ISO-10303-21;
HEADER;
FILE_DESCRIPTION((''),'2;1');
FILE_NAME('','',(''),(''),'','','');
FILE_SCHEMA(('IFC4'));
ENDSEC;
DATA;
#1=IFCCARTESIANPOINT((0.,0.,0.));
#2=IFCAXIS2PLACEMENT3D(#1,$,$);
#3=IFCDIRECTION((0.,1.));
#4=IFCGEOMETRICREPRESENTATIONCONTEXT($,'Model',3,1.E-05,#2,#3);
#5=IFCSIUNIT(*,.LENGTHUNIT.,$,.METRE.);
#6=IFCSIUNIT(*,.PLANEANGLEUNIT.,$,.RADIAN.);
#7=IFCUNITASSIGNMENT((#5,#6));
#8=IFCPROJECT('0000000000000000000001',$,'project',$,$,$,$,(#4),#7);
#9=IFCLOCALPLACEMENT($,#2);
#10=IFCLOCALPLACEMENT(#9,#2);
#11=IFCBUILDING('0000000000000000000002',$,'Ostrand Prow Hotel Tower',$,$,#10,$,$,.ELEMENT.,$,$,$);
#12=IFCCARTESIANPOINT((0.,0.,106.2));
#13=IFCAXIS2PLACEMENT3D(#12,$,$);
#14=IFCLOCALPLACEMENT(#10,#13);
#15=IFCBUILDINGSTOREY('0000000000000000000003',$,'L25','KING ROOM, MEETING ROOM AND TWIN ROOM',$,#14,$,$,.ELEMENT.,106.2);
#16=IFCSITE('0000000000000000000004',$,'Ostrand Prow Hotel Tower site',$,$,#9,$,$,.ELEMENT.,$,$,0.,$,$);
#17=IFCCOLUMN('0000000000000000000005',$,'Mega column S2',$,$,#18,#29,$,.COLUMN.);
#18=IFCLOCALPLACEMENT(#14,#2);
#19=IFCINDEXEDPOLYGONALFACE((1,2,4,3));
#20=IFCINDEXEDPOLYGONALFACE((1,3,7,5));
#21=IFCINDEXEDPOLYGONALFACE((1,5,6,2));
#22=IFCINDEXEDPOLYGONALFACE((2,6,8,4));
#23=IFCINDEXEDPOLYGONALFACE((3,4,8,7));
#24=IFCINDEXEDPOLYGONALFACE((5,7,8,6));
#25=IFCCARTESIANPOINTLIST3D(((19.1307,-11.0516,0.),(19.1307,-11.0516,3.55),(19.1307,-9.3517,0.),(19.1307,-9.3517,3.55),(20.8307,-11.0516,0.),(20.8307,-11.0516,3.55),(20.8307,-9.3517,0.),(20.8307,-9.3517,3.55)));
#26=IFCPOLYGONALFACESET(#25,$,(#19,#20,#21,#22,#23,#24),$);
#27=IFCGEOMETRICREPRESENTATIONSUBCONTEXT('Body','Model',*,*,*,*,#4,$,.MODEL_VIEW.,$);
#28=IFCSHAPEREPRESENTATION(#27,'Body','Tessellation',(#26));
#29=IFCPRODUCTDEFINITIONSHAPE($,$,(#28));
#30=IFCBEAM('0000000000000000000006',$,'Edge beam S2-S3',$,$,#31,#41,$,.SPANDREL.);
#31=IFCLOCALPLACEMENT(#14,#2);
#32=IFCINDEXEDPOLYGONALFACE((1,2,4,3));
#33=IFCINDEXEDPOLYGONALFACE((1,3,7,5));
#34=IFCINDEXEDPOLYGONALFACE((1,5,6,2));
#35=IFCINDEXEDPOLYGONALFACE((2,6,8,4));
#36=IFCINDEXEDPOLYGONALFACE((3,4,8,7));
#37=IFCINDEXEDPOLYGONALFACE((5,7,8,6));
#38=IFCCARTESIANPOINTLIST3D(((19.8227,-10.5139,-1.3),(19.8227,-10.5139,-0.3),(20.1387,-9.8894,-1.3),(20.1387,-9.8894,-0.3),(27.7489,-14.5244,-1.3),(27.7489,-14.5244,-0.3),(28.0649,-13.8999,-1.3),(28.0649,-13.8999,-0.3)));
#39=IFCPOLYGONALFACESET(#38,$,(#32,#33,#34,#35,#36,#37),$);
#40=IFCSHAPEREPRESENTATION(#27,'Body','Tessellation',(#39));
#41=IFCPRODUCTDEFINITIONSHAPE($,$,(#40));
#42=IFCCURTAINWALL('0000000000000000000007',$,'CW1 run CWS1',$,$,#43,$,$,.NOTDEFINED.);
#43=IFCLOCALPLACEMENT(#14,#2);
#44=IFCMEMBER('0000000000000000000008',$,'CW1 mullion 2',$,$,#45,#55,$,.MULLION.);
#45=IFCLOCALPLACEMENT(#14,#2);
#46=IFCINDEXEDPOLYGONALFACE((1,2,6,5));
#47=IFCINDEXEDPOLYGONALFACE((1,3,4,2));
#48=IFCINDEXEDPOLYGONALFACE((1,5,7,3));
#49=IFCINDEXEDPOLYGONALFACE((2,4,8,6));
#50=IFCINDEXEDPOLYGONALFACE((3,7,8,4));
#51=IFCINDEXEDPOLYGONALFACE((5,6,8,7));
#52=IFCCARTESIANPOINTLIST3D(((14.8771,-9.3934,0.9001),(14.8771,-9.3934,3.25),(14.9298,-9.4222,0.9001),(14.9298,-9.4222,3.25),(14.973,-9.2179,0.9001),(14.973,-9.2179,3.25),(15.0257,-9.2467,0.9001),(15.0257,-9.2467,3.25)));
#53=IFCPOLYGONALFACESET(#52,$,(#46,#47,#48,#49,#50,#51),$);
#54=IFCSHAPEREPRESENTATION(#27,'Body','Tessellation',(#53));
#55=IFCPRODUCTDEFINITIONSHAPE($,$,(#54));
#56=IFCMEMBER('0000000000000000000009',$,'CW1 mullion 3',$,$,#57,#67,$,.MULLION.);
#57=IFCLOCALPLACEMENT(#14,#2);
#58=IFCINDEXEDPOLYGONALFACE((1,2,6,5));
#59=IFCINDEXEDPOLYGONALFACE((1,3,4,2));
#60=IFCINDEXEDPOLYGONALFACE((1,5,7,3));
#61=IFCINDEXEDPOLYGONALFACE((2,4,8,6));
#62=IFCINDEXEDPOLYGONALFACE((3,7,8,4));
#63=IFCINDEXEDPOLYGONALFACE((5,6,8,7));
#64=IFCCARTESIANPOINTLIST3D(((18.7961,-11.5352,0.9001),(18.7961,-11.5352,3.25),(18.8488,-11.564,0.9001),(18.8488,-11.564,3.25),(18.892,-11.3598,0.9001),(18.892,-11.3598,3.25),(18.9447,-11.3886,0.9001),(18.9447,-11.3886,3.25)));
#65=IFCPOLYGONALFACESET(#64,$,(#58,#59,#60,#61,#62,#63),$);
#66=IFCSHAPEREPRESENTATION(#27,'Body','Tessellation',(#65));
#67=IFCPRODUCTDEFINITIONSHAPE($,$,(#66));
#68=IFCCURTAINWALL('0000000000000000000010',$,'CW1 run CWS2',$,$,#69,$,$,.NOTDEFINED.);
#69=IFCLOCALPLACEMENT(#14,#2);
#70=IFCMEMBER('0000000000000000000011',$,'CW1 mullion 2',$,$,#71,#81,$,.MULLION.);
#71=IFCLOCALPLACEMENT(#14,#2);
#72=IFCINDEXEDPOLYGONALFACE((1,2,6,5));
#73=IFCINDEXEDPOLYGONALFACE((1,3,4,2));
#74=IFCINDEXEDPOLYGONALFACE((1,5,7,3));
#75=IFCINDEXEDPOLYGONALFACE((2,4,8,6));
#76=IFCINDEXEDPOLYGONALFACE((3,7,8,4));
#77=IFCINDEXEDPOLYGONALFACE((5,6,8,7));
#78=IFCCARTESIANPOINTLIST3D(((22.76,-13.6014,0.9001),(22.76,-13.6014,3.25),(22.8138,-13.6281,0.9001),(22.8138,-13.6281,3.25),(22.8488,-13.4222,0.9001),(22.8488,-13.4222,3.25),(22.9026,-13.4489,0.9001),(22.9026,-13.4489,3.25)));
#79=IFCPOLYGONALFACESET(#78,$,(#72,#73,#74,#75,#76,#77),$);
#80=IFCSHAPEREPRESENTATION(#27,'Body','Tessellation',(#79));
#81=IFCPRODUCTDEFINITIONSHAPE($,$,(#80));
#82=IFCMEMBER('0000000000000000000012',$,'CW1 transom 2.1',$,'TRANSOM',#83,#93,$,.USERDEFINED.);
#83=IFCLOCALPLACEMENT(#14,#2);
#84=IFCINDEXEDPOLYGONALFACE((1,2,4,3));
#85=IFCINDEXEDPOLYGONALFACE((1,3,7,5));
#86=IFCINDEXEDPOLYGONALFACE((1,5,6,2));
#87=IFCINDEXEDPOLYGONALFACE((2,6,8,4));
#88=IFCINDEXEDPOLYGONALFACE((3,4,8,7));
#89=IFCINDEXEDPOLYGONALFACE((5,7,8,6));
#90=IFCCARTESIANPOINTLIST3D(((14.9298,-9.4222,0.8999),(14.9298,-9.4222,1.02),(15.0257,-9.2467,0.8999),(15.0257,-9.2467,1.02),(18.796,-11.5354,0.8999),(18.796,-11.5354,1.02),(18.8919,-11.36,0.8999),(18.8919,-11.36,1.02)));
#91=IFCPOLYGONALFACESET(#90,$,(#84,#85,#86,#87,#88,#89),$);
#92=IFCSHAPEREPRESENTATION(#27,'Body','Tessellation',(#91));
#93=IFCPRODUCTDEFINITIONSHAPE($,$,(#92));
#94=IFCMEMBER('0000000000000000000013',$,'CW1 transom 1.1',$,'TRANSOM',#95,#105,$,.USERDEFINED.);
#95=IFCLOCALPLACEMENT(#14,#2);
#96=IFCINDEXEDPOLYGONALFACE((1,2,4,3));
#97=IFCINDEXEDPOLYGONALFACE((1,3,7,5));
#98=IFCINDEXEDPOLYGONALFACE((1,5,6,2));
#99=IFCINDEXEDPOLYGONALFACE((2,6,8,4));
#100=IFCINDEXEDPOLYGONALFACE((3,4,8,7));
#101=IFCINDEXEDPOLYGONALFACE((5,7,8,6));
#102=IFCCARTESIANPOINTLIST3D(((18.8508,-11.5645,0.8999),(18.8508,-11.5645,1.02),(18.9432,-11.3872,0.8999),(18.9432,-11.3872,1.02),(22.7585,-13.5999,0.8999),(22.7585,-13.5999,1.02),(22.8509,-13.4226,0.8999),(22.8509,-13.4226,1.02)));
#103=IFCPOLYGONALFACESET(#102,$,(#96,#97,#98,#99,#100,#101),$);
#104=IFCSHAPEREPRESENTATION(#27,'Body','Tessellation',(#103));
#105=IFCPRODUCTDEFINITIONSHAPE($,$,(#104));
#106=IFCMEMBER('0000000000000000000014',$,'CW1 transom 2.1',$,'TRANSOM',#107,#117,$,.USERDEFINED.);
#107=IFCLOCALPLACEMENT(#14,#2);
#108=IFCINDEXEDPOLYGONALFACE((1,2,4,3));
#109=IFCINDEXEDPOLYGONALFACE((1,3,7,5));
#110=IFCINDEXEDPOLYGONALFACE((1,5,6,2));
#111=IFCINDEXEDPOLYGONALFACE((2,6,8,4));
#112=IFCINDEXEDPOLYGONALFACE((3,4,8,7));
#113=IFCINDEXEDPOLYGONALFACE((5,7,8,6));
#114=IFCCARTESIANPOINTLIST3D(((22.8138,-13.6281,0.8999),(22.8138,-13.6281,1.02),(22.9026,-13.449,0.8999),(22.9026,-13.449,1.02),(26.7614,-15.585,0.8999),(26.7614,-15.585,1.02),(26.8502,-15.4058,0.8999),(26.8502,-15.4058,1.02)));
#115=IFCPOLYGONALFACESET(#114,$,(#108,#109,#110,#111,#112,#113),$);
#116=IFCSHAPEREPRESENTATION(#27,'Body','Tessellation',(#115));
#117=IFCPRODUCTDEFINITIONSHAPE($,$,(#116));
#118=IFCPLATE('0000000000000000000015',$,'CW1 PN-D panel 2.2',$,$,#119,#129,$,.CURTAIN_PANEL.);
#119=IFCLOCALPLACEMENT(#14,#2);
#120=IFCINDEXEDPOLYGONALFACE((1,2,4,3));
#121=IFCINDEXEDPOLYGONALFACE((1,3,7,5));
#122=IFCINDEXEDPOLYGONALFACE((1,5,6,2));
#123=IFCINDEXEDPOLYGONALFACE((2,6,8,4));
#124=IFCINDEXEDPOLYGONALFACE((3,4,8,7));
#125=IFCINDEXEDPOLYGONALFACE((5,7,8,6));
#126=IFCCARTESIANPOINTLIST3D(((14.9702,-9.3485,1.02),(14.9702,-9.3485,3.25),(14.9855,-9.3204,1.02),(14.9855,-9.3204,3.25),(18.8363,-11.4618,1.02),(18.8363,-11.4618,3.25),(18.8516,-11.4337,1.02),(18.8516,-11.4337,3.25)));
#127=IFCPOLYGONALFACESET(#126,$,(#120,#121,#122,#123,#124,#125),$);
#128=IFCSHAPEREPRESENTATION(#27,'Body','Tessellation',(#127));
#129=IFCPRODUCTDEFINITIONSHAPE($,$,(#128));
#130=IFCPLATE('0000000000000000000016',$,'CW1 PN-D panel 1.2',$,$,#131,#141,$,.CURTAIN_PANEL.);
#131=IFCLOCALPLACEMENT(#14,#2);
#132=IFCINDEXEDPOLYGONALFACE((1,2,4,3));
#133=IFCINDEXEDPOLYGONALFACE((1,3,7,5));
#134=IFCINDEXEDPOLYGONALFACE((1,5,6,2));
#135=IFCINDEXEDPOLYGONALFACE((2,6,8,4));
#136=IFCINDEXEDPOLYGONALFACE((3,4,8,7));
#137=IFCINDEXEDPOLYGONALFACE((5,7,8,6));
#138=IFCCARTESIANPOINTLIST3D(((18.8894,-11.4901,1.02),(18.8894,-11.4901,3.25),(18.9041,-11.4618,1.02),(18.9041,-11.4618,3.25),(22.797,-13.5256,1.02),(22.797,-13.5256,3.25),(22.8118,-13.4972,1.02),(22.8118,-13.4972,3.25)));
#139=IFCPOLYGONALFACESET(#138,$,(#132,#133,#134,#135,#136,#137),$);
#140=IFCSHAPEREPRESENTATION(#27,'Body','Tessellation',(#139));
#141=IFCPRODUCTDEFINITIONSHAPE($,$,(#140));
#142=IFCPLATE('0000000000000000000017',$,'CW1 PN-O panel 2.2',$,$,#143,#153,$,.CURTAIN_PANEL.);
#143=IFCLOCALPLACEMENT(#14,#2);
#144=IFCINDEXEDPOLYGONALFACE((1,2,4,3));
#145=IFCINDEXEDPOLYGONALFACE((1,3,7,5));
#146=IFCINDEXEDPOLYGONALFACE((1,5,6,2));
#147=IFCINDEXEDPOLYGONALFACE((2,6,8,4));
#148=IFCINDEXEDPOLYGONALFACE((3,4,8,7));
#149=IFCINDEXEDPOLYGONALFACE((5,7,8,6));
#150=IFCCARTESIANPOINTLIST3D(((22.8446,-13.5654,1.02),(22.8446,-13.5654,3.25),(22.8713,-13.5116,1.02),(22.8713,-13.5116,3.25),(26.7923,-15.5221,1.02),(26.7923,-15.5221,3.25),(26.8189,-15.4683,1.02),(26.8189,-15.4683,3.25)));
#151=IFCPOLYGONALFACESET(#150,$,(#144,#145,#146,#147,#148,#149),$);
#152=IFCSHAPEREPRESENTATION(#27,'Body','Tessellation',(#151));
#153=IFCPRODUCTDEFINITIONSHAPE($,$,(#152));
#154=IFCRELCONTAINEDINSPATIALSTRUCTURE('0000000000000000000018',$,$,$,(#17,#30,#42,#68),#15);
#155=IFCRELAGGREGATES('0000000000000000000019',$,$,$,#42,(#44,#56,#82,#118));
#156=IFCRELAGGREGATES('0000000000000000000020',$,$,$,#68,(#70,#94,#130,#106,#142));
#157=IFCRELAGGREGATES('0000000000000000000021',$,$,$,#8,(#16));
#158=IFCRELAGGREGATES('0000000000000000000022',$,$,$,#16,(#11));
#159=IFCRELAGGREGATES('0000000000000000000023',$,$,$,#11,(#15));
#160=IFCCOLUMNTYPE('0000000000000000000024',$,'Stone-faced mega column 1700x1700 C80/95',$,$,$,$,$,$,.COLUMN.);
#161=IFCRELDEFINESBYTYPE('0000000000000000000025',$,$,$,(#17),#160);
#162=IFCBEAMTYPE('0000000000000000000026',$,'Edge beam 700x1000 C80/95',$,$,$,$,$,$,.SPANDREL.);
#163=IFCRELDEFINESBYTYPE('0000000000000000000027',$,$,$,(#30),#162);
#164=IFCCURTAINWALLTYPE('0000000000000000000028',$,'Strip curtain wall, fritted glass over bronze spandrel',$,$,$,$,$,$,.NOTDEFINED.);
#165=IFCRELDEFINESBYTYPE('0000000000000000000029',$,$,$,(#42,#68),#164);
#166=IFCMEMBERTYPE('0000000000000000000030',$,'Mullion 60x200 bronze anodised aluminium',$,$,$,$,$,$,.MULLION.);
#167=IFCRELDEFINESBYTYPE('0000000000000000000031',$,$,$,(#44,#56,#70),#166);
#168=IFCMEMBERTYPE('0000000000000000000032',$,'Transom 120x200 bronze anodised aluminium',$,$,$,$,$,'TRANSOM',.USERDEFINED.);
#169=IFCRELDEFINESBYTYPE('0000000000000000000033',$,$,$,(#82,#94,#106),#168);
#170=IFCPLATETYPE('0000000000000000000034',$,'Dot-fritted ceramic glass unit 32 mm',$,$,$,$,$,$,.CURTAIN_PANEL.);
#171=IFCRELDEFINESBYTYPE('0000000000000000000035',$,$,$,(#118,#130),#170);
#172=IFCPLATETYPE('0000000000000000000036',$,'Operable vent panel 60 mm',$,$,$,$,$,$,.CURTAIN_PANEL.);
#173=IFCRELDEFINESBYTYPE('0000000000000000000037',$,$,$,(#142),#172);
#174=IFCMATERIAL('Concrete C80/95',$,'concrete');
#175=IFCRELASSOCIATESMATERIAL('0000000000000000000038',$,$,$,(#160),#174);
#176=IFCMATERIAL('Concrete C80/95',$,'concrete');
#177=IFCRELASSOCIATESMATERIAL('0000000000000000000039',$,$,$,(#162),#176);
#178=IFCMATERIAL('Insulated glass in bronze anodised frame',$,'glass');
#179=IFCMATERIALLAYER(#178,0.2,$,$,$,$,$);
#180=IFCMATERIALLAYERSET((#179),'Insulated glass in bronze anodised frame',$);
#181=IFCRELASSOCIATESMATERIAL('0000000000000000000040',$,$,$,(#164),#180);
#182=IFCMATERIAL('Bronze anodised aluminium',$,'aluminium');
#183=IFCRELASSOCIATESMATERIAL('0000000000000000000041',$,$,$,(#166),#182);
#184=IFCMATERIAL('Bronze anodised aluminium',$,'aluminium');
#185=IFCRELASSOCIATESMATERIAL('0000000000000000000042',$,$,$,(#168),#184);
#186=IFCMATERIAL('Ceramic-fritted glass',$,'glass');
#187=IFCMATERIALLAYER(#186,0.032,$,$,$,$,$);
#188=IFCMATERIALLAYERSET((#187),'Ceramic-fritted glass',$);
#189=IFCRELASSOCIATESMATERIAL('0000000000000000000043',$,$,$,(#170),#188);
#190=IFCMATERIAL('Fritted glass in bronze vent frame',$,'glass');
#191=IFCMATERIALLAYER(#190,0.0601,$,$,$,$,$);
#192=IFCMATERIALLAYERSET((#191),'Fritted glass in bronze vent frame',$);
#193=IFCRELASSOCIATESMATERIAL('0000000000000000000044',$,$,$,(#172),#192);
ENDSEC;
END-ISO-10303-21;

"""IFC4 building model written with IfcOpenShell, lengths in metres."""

from ifc_helpers import new_model, si_unit, direction, frame, origin, origin_2d, place, context, subcontext, project, spatial, rectangle, extrude, material, layer, layer_set, material_profile, profile_set, type_object, element, aggregate, save


model = new_model("IFC4")

# Units and contexts
model_context = context("Model", 3, precision=1e-05, world=origin(), true_north=direction((0.0, 1.0)))
body_context = subcontext(model_context, "Body", "Model", "MODEL_VIEW")
ifc_project = project(units=[si_unit("LENGTHUNIT", "METRE"), si_unit("PLANEANGLEUNIT", "RADIAN")], contexts=[model_context])

# Site, building, storey
site_placement = place(None, origin())
site = spatial("IfcSite", under=ifc_project, at=site_placement, Name="Ostrand Prow Hotel Tower site", CompositionType="ELEMENT", RefElevation=0.0)
building_placement = place(site_placement, origin())
building = spatial("IfcBuilding", under=site, at=building_placement, Name="Ostrand Prow Hotel Tower", CompositionType="ELEMENT")
storey_placement = place(building_placement, frame((0.0, 0.0, 106.2)))
storey = spatial("IfcBuildingStorey", under=building, at=storey_placement, Name="L25", Description="KING ROOM, MEETING ROOM AND TWIN ROOM", CompositionType="ELEMENT", Elevation=106.2)

# Column
ifc_material_1 = material(Name="Concrete C80/95", Category="concrete")
ifc_material_profile_1 = material_profile(ifc_material_1, rectangle(XDim=1.7, YDim=1.7, at=origin_2d()), Name="RC 1700x1700")
ifc_profile_set_1 = profile_set([ifc_material_profile_1], Name="Concrete C80/95")
column_type = type_object("IfcColumnType", Name="Stone-faced mega column 1700x1700 C80/95", PredefinedType="COLUMN", material=ifc_profile_set_1)
column_placement = place(storey_placement, frame((19.9807, -10.2017, 0.0), z_axis=(0.0, 0.0, 1.0), x_axis=(1.0, 0.0, 0.0)))
element("IfcColumn", 1, at=column_placement, inside=storey, type_object=column_type, Name="Mega column S2", PredefinedType="COLUMN", context=body_context, shape_type="SweptSolid", body=[
    extrude(rectangle(XDim=1.7, YDim=1.7, at=origin_2d()), origin(), (0.0, 0.0, 1.0), 3.55),
])

# Beam
ifc_material_2 = material(Name="Concrete C80/95", Category="concrete")
ifc_material_profile_2 = material_profile(ifc_material_2, rectangle(XDim=0.7, YDim=1.0, at=origin_2d()), Name="RC 700x1000")
ifc_profile_set_2 = profile_set([ifc_material_profile_2], Name="Concrete C80/95")
beam_type = type_object("IfcBeamType", Name="Edge beam 700x1000 C80/95", PredefinedType="SPANDREL", material=ifc_profile_set_2)
beam_placement = place(storey_placement, frame((19.9807, -10.2017, -0.8), z_axis=(0.892284, -0.451474, 0.0), x_axis=(0.451474, 0.892284, 0.0)))
element("IfcBeam", 2, at=beam_placement, inside=storey, type_object=beam_type, Name="Edge beam S2-S3", PredefinedType="SPANDREL", context=body_context, shape_type="SweptSolid", body=[
    extrude(rectangle(XDim=0.7, YDim=1.0, at=origin_2d()), origin(), (0.0, 0.0, 1.0), 8.8831),
])

# Curtain wall, members
ifc_material_3 = material(Name="Insulated glass in bronze anodised frame", Category="glass")
ifc_layer_1 = layer(ifc_material_3, 0.2)
ifc_layer_set_1 = layer_set([ifc_layer_1], Name="Insulated glass in bronze anodised frame")
curtain_wall_type = type_object("IfcCurtainWallType", Name="Strip curtain wall, fritted glass over bronze spandrel", PredefinedType="NOTDEFINED", material=ifc_layer_set_1)
curtain_wall_1_placement = place(storey_placement, origin())
curtain_wall_1 = element("IfcCurtainWall", 3, at=curtain_wall_1_placement, inside=storey, type_object=curtain_wall_type, Name="CW1 run CWS1", PredefinedType="NOTDEFINED")
ifc_material_4 = material(Name="Bronze anodised aluminium", Category="aluminium")
ifc_material_profile_3 = material_profile(ifc_material_4, rectangle(XDim=0.2, YDim=0.0601, at=origin_2d()), Name="Mullion 60x200 bronze anodised aluminium")
ifc_profile_set_3 = profile_set([ifc_material_profile_3], Name="Bronze anodised aluminium")
member_type_1 = type_object("IfcMemberType", Name="Mullion 60x200 bronze anodised aluminium", PredefinedType="MULLION", material=ifc_profile_set_3)
member_1_placement = place(storey_placement, frame((14.9514, -9.3201, 0.9001), z_axis=(0.0, 0.0, 1.0), x_axis=(0.479637, 0.877467, 0.0)))
member_1 = element("IfcMember", 4, at=member_1_placement, type_object=member_type_1, Name="CW1 mullion 2", PredefinedType="MULLION", context=body_context, shape_type="SweptSolid", body=[
    extrude(rectangle(XDim=0.2, YDim=0.0601, at=origin_2d()), origin(), (0.0, 0.0, 1.0), 2.3499),
])
member_2_placement = place(storey_placement, frame((18.8704, -11.4619, 0.9001), z_axis=(0.0, 0.0, 1.0), x_axis=(0.479637, 0.877467, 0.0)))
member_2 = element("IfcMember", 5, at=member_2_placement, type_object=member_type_1, Name="CW1 mullion 3", PredefinedType="MULLION", context=body_context, shape_type="SweptSolid", body=[
    extrude(rectangle(XDim=0.2, YDim=0.0601, at=origin_2d()), origin(), (0.0, 0.0, 1.0), 2.3499),
])

# Curtain wall, member
curtain_wall_2_placement = place(storey_placement, origin())
curtain_wall_2 = element("IfcCurtainWall", 6, at=curtain_wall_2_placement, inside=storey, type_object=curtain_wall_type, Name="CW1 run CWS2", PredefinedType="NOTDEFINED")
member_3_placement = place(storey_placement, frame((22.8313, -13.5251, 0.9001), z_axis=(0.0, 0.0, 1.0), x_axis=(0.444113, 0.895971, 0.0)))
member_3 = element("IfcMember", 7, at=member_3_placement, type_object=member_type_1, Name="CW1 mullion 2", PredefinedType="MULLION", context=body_context, shape_type="SweptSolid", body=[
    extrude(rectangle(XDim=0.2, YDim=0.0601, at=origin_2d()), origin(), (0.0, 0.0, 1.0), 2.3499),
])

# Members
ifc_material_5 = material(Name="Bronze anodised aluminium", Category="aluminium")
ifc_material_profile_4 = material_profile(ifc_material_5, rectangle(XDim=0.2, YDim=0.1201, at=origin_2d()), Name="Transom 120x200 bronze anodised aluminium")
ifc_profile_set_4 = profile_set([ifc_material_profile_4], Name="Bronze anodised aluminium")
member_type_2 = type_object("IfcMemberType", Name="Transom 120x200 bronze anodised aluminium", ElementType="TRANSOM", PredefinedType="USERDEFINED", material=ifc_profile_set_4)
member_4_placement = place(storey_placement, frame((14.9778, -9.3345, 0.96), z_axis=(0.877472, -0.479628, 0.0), x_axis=(0.479628, 0.877472, 0.0)))
member_4 = element("IfcMember", 8, at=member_4_placement, type_object=member_type_2, Name="CW1 transom 2.1", ObjectType="TRANSOM", PredefinedType="USERDEFINED", context=body_context, shape_type="SweptSolid", body=[
    extrude(rectangle(XDim=0.2, YDim=0.1201, at=origin_2d()), origin(), (0.0, 0.0, 1.0), 4.406),
])
member_5_placement = place(storey_placement, frame((18.897, -11.4758, 0.96), z_axis=(0.886902, -0.461958, 0.0), x_axis=(0.461958, 0.886902, 0.0)))
member_5 = element("IfcMember", 9, at=member_5_placement, type_object=member_type_2, Name="CW1 transom 1.1", ObjectType="TRANSOM", PredefinedType="USERDEFINED", context=body_context, shape_type="SweptSolid", body=[
    extrude(rectangle(XDim=0.2, YDim=0.1201, at=origin_2d()), origin(), (0.0, 0.0, 1.0), 4.406),
])
member_6_placement = place(storey_placement, frame((22.8582, -13.5386, 0.96), z_axis=(0.895962, -0.44413, 0.0), x_axis=(0.44413, 0.895962, 0.0)))
member_6 = element("IfcMember", 10, at=member_6_placement, type_object=member_type_2, Name="CW1 transom 2.1", ObjectType="TRANSOM", PredefinedType="USERDEFINED", context=body_context, shape_type="SweptSolid", body=[
    extrude(rectangle(XDim=0.2, YDim=0.1201, at=origin_2d()), origin(), (0.0, 0.0, 1.0), 4.406),
])

# Plates
ifc_material_6 = material(Name="Ceramic-fritted glass", Category="glass")
ifc_layer_2 = layer(ifc_material_6, 0.032)
ifc_layer_set_2 = layer_set([ifc_layer_2], Name="Ceramic-fritted glass")
plate_type_1 = type_object("IfcPlateType", Name="Dot-fritted ceramic glass unit 32 mm", PredefinedType="CURTAIN_PANEL", material=ifc_layer_set_2)
plate_1_placement = place(storey_placement, frame((16.9109, -10.3911, 1.02), z_axis=(0.0, 0.0, 1.0), x_axis=(0.877467, -0.479637, 0.0)))
plate_1 = element("IfcPlate", 11, at=plate_1_placement, type_object=plate_type_1, Name="CW1 PN-D panel 2.2", PredefinedType="CURTAIN_PANEL", context=body_context, shape_type="SweptSolid", body=[
    extrude(rectangle(XDim=4.406, YDim=0.032, at=origin_2d()), origin(), (0.0, 0.0, 1.0), 2.23),
])
aggregate(curtain_wall_1, [member_1, member_2, member_4, plate_1])
plate_2_placement = place(storey_placement, frame((20.8506, -12.4937, 1.02), z_axis=(0.0, 0.0, 1.0), x_axis=(0.886896, -0.461968, 0.0)))
plate_2 = element("IfcPlate", 12, at=plate_2_placement, type_object=plate_type_1, Name="CW1 PN-D panel 1.2", PredefinedType="CURTAIN_PANEL", context=body_context, shape_type="SweptSolid", body=[
    extrude(rectangle(XDim=4.406, YDim=0.032, at=origin_2d()), origin(), (0.0, 0.0, 1.0), 2.23),
])
ifc_material_7 = material(Name="Fritted glass in bronze vent frame", Category="glass")
ifc_layer_3 = layer(ifc_material_7, 0.0601)
ifc_layer_set_3 = layer_set([ifc_layer_3], Name="Fritted glass in bronze vent frame")
plate_type_2 = type_object("IfcPlateType", Name="Operable vent panel 60 mm", PredefinedType="CURTAIN_PANEL", material=ifc_layer_set_3)
plate_3_placement = place(storey_placement, frame((24.8318, -14.5168, 1.02), z_axis=(0.0, 0.0, 1.0), x_axis=(0.895971, -0.444113, 0.0)))
plate_3 = element("IfcPlate", 13, at=plate_3_placement, type_object=plate_type_2, Name="CW1 PN-O panel 2.2", PredefinedType="CURTAIN_PANEL", context=body_context, shape_type="SweptSolid", body=[
    extrude(rectangle(XDim=4.406, YDim=0.0601, at=origin_2d()), origin(), (0.0, 0.0, 1.0), 2.23),
])
aggregate(curtain_wall_2, [member_3, member_5, plate_2, member_6, plate_3])

save(model, "model.ifc")
